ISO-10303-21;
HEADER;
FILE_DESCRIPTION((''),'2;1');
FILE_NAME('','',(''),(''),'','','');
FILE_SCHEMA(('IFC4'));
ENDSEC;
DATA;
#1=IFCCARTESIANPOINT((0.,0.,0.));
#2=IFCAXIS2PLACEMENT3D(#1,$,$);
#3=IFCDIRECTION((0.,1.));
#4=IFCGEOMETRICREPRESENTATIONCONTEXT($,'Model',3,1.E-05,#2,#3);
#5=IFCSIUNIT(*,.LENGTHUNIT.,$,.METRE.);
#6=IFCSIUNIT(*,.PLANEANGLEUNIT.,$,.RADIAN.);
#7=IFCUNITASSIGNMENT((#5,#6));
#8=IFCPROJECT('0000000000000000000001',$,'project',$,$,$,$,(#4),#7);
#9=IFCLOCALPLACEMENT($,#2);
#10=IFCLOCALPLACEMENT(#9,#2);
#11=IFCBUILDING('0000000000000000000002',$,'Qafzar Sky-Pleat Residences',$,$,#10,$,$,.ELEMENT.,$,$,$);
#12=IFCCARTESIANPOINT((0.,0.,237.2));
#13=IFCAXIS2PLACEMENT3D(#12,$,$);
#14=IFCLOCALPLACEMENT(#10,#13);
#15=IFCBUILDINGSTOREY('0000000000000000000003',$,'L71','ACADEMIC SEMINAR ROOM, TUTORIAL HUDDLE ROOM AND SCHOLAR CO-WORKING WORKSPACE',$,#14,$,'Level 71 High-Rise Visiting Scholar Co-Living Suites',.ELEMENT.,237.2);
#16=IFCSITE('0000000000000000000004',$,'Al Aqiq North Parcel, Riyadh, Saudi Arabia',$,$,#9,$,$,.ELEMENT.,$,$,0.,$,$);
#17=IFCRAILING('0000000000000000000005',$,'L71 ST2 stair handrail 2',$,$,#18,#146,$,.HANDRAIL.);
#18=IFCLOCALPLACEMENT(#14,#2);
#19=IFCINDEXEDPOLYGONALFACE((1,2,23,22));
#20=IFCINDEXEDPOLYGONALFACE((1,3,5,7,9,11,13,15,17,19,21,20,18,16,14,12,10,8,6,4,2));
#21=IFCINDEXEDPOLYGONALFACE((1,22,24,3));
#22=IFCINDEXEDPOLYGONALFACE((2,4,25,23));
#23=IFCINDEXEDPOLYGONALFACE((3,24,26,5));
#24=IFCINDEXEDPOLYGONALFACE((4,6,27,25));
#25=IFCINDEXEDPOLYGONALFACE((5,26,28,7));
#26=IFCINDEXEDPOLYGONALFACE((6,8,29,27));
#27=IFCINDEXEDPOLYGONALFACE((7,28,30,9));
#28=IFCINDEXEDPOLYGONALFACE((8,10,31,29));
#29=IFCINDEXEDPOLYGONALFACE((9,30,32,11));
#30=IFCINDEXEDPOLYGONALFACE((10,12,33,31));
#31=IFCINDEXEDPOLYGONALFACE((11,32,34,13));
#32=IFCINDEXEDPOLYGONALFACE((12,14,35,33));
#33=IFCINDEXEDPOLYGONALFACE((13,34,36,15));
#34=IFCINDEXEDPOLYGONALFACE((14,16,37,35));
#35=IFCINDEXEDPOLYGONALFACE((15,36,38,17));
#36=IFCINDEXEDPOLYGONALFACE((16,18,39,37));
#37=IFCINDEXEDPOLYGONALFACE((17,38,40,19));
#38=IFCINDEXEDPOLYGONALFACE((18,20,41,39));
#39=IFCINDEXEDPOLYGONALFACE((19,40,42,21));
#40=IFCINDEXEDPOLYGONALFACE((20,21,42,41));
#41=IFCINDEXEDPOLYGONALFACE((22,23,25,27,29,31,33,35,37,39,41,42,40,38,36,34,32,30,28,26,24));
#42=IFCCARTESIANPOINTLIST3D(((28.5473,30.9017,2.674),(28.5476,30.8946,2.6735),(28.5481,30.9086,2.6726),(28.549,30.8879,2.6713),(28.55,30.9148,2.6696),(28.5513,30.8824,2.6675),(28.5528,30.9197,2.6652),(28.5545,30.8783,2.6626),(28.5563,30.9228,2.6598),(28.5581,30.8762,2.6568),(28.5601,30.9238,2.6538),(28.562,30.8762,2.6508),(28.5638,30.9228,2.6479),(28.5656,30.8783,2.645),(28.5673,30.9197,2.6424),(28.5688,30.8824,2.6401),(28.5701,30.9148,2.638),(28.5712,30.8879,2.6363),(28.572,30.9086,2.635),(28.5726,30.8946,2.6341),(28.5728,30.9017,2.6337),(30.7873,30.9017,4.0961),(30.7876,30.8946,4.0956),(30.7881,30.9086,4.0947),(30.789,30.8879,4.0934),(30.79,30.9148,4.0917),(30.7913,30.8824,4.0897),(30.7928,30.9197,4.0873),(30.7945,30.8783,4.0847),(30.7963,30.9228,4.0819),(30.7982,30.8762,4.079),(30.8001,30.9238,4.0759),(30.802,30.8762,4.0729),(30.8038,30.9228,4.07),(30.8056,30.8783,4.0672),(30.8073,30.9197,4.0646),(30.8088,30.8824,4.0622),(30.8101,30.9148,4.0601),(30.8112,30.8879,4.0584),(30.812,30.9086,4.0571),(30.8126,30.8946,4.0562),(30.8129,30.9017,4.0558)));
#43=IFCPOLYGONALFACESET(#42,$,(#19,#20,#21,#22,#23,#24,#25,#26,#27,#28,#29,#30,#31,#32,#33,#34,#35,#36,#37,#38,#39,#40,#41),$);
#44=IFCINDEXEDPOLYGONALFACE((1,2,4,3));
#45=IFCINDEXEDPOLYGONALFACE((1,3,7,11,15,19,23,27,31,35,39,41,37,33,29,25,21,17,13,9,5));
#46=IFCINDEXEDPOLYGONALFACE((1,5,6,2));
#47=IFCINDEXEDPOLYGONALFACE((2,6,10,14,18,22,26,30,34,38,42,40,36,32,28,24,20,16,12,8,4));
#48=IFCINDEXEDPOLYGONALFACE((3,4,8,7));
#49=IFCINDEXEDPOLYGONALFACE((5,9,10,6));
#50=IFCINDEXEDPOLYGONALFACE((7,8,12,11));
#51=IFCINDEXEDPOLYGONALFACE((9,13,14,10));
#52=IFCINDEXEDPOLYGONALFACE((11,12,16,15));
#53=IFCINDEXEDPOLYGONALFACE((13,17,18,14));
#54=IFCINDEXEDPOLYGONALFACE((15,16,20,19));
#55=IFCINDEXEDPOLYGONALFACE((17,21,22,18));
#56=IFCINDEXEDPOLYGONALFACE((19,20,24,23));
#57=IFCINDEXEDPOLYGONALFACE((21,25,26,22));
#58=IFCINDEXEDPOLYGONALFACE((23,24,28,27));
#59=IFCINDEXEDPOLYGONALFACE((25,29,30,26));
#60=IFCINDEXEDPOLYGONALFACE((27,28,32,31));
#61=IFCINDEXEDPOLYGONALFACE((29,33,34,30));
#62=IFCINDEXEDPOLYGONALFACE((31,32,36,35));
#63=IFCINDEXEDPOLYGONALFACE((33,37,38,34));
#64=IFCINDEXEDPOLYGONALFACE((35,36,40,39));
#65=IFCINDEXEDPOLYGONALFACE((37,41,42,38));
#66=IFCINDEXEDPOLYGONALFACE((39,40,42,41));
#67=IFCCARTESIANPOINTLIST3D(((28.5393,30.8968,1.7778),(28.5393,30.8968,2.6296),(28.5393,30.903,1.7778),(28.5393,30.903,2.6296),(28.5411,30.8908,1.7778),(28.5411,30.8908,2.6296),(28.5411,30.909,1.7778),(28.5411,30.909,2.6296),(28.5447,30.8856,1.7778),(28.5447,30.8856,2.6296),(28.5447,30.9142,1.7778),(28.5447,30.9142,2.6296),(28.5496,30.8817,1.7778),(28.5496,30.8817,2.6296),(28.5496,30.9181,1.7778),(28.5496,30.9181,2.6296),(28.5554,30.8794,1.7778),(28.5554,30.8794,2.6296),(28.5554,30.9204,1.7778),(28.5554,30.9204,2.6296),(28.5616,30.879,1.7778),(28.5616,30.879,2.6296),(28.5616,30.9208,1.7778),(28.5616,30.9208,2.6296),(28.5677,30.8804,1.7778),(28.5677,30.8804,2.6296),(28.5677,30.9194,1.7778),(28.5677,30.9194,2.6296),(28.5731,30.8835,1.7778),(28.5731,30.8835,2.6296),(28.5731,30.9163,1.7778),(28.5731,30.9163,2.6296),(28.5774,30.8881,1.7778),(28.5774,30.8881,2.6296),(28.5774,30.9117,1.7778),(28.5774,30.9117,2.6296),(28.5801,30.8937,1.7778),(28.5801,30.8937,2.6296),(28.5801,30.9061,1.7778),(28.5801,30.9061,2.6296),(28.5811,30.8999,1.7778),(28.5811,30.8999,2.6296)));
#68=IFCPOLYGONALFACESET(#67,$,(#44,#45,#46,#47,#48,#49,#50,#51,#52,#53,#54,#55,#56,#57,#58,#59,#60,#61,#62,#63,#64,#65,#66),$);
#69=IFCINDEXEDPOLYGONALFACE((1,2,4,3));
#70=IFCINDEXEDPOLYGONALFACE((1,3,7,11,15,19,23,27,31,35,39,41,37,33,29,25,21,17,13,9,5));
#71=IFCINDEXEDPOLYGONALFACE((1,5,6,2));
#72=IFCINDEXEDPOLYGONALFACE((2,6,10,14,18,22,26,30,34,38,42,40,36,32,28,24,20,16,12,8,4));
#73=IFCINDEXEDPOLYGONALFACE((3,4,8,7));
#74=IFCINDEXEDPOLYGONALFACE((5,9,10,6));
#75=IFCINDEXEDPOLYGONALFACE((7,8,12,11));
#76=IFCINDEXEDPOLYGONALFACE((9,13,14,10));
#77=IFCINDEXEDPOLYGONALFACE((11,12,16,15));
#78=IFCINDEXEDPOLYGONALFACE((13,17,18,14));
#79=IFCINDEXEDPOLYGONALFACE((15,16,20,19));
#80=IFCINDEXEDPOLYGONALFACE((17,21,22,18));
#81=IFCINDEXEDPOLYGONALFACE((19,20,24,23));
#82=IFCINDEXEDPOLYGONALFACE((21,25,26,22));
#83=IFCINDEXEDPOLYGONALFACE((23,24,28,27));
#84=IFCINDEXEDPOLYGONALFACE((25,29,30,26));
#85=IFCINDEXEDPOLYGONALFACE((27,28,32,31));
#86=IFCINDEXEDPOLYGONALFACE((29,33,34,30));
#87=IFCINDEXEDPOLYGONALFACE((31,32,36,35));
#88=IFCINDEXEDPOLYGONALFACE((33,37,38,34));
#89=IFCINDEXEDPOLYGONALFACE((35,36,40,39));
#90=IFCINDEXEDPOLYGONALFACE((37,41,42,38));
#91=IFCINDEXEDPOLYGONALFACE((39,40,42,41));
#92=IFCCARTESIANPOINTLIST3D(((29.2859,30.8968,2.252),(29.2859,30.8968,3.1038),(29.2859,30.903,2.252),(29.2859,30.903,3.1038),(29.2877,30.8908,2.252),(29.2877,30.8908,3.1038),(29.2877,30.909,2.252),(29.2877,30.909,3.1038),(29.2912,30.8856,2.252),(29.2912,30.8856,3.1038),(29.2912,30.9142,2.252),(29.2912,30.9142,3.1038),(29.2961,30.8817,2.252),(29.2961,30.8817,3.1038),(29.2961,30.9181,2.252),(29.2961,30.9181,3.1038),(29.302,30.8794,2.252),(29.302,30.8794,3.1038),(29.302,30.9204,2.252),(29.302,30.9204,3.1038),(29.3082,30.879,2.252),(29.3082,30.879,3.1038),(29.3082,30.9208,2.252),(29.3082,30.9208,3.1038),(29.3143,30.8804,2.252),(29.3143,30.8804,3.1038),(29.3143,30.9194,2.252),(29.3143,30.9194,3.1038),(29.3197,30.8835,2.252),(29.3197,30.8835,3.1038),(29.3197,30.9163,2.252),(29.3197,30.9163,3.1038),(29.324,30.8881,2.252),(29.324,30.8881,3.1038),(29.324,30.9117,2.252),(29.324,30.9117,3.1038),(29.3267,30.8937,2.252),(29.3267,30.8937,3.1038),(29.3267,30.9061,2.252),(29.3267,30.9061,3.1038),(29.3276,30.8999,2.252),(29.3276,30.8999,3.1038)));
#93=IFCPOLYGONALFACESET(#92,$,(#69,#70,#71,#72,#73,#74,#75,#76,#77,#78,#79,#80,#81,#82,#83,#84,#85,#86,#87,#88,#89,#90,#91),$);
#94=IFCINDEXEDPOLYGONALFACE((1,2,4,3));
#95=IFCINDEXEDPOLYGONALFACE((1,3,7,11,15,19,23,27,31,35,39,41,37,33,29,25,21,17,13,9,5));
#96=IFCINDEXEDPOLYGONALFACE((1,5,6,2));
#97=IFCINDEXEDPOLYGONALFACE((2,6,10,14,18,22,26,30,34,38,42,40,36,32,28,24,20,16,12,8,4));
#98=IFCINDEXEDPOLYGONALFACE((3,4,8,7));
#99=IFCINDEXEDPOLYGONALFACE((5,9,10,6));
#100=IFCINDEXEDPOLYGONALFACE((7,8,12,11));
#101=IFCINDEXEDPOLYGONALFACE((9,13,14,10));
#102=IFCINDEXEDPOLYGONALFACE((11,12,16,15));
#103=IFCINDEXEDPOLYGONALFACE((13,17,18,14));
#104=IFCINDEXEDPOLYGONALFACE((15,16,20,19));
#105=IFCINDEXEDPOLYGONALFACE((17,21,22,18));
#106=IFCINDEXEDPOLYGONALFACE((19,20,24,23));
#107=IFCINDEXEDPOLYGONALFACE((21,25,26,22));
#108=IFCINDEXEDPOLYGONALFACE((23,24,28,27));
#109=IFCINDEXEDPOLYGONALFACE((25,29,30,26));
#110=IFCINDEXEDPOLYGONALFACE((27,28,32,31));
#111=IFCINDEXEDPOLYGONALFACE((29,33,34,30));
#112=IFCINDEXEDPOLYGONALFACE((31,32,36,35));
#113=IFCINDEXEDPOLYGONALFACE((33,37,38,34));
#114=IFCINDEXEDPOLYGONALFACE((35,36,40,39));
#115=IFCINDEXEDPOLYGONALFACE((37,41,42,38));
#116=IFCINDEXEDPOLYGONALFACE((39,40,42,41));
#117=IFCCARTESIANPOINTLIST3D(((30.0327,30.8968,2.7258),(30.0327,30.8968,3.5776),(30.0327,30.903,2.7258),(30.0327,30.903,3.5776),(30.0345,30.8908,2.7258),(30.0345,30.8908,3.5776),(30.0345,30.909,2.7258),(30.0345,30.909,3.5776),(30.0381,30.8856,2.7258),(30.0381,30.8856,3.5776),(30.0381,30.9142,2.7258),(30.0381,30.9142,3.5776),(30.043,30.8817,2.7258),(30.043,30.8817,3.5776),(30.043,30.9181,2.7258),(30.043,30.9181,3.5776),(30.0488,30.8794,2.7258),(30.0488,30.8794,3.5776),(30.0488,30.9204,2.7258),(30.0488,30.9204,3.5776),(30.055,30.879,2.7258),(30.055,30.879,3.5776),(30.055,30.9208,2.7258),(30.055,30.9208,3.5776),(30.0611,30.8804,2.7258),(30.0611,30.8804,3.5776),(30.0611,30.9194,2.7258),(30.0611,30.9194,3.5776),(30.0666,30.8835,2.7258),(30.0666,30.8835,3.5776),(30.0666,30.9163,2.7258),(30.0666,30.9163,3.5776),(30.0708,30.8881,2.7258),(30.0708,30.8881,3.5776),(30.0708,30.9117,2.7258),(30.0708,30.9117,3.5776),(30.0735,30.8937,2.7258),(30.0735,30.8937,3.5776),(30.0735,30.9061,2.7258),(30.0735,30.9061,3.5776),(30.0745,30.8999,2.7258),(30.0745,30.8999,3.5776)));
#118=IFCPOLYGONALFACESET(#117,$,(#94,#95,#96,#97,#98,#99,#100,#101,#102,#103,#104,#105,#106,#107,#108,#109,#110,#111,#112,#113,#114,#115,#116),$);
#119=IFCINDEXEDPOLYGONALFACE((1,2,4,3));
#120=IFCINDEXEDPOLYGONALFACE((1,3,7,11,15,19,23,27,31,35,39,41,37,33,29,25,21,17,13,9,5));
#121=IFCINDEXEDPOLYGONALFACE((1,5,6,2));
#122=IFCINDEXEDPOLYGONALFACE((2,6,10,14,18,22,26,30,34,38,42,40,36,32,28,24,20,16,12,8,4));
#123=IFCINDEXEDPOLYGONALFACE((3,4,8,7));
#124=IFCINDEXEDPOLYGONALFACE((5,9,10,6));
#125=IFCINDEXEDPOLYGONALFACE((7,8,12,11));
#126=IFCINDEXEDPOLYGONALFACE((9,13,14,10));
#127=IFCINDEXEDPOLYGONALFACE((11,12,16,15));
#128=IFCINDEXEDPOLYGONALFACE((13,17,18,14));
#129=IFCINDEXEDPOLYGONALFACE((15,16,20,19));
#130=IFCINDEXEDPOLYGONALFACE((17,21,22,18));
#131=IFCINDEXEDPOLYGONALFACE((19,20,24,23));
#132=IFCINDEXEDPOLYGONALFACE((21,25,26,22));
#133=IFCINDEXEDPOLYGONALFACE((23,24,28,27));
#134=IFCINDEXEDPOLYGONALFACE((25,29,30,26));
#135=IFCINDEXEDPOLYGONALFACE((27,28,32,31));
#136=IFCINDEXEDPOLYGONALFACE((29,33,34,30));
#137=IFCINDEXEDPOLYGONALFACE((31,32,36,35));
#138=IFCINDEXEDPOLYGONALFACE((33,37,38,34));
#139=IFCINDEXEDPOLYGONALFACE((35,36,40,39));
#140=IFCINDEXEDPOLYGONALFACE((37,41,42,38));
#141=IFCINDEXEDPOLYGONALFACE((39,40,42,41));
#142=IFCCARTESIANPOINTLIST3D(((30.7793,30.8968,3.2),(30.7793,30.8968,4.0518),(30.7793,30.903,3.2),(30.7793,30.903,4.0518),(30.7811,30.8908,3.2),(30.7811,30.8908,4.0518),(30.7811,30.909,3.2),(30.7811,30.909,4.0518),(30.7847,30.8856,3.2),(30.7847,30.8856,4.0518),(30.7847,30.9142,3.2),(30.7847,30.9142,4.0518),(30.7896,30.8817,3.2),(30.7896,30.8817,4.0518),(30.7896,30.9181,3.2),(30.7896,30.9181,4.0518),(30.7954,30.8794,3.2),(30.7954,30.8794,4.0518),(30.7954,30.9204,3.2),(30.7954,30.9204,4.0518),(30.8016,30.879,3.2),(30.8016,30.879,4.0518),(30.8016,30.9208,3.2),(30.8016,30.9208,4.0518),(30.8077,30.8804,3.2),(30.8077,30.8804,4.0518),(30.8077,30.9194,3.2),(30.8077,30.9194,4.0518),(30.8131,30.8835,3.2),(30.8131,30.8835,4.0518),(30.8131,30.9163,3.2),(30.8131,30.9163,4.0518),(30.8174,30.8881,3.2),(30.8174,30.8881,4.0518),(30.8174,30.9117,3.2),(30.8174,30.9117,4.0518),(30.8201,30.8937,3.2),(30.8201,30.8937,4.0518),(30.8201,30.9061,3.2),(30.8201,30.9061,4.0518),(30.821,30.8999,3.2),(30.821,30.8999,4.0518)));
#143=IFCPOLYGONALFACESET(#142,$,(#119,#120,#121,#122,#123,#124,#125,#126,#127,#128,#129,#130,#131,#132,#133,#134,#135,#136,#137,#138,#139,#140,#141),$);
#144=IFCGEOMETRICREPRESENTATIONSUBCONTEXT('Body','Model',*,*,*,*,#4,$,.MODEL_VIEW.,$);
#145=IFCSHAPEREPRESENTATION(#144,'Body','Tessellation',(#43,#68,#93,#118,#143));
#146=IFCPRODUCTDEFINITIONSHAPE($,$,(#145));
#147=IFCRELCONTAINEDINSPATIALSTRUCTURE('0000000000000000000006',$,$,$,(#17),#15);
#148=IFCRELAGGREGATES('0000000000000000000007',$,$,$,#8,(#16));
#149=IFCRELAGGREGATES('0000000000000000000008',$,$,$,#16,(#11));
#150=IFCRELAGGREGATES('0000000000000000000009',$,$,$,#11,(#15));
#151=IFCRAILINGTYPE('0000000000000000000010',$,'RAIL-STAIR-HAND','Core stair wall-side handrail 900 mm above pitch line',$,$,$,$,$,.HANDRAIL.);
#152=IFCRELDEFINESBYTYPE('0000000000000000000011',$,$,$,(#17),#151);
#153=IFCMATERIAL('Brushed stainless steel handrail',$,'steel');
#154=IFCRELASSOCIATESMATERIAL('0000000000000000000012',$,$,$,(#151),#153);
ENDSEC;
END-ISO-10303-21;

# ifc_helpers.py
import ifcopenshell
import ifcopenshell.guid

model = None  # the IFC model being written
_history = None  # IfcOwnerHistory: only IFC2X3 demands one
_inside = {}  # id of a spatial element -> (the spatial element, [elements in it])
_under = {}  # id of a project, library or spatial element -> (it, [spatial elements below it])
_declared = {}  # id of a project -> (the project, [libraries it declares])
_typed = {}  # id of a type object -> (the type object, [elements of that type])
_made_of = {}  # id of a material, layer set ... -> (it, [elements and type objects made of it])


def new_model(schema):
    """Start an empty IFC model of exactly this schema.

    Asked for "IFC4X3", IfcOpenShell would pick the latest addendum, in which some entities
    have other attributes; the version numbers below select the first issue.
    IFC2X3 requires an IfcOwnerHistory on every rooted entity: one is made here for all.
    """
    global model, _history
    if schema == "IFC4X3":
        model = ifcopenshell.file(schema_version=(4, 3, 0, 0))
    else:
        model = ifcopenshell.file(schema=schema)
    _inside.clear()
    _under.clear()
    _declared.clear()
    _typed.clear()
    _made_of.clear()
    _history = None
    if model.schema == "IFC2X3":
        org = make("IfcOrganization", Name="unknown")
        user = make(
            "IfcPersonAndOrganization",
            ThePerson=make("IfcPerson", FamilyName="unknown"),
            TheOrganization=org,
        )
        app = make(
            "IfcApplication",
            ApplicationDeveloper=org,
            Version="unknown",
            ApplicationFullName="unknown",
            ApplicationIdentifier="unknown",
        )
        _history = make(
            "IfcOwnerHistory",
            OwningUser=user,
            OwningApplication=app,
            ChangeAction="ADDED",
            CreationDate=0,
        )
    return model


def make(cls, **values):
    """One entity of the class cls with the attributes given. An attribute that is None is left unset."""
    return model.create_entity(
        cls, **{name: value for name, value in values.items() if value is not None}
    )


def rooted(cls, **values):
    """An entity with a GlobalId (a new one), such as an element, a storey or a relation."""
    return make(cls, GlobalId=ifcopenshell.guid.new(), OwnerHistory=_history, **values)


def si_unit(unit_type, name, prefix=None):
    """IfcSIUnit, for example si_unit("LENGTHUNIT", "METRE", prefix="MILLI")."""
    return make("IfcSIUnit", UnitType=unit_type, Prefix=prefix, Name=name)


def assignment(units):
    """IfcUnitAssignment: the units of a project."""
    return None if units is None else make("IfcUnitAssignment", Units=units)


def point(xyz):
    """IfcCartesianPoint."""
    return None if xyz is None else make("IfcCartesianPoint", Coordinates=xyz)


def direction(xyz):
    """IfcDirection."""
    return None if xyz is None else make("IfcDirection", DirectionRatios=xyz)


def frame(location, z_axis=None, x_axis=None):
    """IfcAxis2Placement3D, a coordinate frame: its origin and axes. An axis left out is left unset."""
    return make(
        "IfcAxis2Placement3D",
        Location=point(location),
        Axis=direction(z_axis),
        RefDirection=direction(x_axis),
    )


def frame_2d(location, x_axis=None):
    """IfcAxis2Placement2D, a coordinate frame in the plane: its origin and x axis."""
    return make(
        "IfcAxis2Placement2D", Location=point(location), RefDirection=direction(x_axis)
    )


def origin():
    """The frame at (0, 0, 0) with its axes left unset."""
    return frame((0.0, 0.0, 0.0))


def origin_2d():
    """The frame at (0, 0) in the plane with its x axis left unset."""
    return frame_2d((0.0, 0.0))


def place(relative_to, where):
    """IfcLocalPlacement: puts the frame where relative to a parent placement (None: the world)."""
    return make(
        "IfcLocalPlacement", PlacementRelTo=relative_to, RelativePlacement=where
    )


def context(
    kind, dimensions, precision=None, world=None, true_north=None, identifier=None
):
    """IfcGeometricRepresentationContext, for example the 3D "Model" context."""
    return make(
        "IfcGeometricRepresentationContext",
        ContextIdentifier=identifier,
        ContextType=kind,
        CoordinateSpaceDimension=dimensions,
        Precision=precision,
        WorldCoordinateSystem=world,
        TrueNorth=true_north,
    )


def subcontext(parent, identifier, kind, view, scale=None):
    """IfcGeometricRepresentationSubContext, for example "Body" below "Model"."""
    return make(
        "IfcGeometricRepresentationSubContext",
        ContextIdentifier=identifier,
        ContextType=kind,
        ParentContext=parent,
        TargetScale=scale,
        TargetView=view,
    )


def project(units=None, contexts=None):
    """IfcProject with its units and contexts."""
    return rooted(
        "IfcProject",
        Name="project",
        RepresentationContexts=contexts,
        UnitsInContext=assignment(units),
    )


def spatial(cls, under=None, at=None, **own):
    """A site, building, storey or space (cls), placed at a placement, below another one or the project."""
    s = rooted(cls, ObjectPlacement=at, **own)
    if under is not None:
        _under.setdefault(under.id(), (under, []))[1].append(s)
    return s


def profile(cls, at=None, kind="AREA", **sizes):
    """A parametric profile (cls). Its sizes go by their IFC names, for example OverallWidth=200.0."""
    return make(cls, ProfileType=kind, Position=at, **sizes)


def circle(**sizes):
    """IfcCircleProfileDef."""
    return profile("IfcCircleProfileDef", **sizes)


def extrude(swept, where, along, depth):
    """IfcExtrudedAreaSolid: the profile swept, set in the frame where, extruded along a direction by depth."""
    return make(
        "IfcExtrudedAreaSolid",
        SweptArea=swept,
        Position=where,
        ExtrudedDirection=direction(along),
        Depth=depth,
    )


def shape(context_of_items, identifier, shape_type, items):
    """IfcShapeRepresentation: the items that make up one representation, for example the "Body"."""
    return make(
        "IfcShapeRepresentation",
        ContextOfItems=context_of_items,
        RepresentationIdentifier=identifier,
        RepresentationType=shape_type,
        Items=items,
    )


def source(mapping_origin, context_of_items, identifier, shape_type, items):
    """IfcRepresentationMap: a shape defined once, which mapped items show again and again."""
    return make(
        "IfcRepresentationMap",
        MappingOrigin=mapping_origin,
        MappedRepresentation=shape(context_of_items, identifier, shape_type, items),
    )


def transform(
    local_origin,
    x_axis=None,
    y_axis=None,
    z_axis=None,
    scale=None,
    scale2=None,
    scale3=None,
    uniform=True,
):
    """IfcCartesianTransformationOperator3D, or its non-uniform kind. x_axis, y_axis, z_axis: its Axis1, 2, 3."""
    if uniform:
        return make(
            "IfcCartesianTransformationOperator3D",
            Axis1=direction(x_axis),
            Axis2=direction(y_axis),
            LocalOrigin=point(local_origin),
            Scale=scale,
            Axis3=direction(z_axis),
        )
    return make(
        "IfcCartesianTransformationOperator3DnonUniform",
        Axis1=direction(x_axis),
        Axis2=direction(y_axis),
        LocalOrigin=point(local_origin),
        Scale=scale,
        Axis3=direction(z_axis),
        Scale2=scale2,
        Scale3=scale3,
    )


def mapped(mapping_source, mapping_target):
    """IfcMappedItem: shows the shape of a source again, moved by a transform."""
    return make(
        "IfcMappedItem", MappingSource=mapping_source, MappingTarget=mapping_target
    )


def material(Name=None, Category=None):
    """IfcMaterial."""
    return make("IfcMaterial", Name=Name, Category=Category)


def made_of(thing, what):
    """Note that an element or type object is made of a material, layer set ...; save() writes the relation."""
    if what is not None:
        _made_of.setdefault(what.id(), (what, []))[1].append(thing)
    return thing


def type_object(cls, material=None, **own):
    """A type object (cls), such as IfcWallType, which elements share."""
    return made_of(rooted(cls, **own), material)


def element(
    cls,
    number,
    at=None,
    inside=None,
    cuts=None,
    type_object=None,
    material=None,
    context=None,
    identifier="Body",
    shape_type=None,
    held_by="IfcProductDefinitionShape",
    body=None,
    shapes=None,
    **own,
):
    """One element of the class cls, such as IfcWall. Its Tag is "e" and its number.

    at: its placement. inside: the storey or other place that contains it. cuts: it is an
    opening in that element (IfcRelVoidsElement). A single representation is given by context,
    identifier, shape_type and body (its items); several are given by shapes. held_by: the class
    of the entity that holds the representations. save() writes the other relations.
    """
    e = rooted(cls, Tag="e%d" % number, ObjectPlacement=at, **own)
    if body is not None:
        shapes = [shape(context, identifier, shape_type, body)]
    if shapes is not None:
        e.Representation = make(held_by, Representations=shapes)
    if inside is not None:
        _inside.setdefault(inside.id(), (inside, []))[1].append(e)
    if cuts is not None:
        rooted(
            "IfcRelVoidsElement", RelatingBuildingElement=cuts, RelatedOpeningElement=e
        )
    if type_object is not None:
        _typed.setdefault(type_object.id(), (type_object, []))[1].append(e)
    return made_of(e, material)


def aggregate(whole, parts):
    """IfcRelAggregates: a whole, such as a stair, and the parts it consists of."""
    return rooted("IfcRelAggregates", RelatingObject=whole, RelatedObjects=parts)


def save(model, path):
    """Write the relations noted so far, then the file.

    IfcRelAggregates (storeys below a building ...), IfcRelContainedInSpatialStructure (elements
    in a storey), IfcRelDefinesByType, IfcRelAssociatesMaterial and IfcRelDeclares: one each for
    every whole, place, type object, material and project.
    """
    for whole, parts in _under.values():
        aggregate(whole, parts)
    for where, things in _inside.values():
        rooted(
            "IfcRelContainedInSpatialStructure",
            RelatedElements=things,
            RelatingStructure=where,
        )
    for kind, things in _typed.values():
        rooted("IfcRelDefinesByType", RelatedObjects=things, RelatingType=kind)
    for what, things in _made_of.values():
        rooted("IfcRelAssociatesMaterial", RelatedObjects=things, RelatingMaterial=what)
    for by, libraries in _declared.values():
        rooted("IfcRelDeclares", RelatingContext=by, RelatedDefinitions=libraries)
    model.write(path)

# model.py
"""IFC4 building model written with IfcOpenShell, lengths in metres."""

from ifc_helpers import new_model, si_unit, direction, frame, origin, origin_2d, place, context, subcontext, project, spatial, circle, extrude, source, transform, mapped, material, type_object, element, save


model = new_model("IFC4")

# Units and contexts
model_context = context("Model", 3, precision=1e-05, world=origin(), true_north=direction((0.0, 1.0)))
body_context = subcontext(model_context, "Body", "Model", "MODEL_VIEW")
ifc_project = project(units=[si_unit("LENGTHUNIT", "METRE"), si_unit("PLANEANGLEUNIT", "RADIAN")], contexts=[model_context])

# Site, building, storey
site_placement = place(None, origin())
site = spatial("IfcSite", under=ifc_project, at=site_placement, Name="Al Aqiq North Parcel, Riyadh, Saudi Arabia", CompositionType="ELEMENT", RefElevation=0.0)
building_placement = place(site_placement, origin())
building = spatial("IfcBuilding", under=site, at=building_placement, Name="Qafzar Sky-Pleat Residences", CompositionType="ELEMENT")
storey_placement = place(building_placement, frame((0.0, 0.0, 237.2)))
storey = spatial("IfcBuildingStorey", under=building, at=storey_placement, Name="L71", Description="ACADEMIC SEMINAR ROOM, TUTORIAL HUDDLE ROOM AND SCHOLAR CO-WORKING WORKSPACE", LongName="Level 71 High-Rise Visiting Scholar Co-Living Suites", CompositionType="ELEMENT", Elevation=237.2)

# Railing
ifc_material_1 = material(Name="Brushed stainless steel handrail", Category="steel")
railing_type_1 = type_object("IfcRailingType", Name="RAIL-STAIR-HAND", Description="Core stair wall-side handrail 900 mm above pitch line", PredefinedType="HANDRAIL", material=ifc_material_1)
shared_shape_1 = source(origin(), body_context, "Body", "SweptSolid", [
    extrude(circle(Radius=0.0239, at=origin_2d()), frame((0.0, 0.0, 0.876), z_axis=(0.844229, 0.0, 0.535982), x_axis=(0.0, 1.0, 0.0)), (0.0, 0.0, 1.0), 2.6533),
    extrude(circle(Radius=0.021, at=origin_2d()), origin(), (0.0, 0.0, 1.0), 0.8518),
    extrude(circle(Radius=0.021, at=origin_2d()), frame((0.7466, 0.0, 0.4741)), (0.0, 0.0, 1.0), 0.8518),
    extrude(circle(Radius=0.021, at=origin_2d()), frame((1.4934, 0.0, 0.948)), (0.0, 0.0, 1.0), 0.8518),
    extrude(circle(Radius=0.021, at=origin_2d()), frame((2.24, 0.0, 1.4221)), (0.0, 0.0, 1.0), 0.8518),
])
railing_1_placement = place(storey_placement, frame((28.5601, 30.8999, 1.7778)))
element("IfcRailing", 1, at=railing_1_placement, inside=storey, type_object=railing_type_1, Name="L71 ST2 stair handrail 2", PredefinedType="HANDRAIL", context=body_context, shape_type="MappedRepresentation", body=[
    mapped(shared_shape_1, transform((0.0, 0.0, 0.0), x_axis=(1.0, 0.0, 0.0), y_axis=(0.0, 1.0, 0.0), z_axis=(0.0, 0.0, 1.0), scale=1.0)),
])

save(model, "model.ifc")
